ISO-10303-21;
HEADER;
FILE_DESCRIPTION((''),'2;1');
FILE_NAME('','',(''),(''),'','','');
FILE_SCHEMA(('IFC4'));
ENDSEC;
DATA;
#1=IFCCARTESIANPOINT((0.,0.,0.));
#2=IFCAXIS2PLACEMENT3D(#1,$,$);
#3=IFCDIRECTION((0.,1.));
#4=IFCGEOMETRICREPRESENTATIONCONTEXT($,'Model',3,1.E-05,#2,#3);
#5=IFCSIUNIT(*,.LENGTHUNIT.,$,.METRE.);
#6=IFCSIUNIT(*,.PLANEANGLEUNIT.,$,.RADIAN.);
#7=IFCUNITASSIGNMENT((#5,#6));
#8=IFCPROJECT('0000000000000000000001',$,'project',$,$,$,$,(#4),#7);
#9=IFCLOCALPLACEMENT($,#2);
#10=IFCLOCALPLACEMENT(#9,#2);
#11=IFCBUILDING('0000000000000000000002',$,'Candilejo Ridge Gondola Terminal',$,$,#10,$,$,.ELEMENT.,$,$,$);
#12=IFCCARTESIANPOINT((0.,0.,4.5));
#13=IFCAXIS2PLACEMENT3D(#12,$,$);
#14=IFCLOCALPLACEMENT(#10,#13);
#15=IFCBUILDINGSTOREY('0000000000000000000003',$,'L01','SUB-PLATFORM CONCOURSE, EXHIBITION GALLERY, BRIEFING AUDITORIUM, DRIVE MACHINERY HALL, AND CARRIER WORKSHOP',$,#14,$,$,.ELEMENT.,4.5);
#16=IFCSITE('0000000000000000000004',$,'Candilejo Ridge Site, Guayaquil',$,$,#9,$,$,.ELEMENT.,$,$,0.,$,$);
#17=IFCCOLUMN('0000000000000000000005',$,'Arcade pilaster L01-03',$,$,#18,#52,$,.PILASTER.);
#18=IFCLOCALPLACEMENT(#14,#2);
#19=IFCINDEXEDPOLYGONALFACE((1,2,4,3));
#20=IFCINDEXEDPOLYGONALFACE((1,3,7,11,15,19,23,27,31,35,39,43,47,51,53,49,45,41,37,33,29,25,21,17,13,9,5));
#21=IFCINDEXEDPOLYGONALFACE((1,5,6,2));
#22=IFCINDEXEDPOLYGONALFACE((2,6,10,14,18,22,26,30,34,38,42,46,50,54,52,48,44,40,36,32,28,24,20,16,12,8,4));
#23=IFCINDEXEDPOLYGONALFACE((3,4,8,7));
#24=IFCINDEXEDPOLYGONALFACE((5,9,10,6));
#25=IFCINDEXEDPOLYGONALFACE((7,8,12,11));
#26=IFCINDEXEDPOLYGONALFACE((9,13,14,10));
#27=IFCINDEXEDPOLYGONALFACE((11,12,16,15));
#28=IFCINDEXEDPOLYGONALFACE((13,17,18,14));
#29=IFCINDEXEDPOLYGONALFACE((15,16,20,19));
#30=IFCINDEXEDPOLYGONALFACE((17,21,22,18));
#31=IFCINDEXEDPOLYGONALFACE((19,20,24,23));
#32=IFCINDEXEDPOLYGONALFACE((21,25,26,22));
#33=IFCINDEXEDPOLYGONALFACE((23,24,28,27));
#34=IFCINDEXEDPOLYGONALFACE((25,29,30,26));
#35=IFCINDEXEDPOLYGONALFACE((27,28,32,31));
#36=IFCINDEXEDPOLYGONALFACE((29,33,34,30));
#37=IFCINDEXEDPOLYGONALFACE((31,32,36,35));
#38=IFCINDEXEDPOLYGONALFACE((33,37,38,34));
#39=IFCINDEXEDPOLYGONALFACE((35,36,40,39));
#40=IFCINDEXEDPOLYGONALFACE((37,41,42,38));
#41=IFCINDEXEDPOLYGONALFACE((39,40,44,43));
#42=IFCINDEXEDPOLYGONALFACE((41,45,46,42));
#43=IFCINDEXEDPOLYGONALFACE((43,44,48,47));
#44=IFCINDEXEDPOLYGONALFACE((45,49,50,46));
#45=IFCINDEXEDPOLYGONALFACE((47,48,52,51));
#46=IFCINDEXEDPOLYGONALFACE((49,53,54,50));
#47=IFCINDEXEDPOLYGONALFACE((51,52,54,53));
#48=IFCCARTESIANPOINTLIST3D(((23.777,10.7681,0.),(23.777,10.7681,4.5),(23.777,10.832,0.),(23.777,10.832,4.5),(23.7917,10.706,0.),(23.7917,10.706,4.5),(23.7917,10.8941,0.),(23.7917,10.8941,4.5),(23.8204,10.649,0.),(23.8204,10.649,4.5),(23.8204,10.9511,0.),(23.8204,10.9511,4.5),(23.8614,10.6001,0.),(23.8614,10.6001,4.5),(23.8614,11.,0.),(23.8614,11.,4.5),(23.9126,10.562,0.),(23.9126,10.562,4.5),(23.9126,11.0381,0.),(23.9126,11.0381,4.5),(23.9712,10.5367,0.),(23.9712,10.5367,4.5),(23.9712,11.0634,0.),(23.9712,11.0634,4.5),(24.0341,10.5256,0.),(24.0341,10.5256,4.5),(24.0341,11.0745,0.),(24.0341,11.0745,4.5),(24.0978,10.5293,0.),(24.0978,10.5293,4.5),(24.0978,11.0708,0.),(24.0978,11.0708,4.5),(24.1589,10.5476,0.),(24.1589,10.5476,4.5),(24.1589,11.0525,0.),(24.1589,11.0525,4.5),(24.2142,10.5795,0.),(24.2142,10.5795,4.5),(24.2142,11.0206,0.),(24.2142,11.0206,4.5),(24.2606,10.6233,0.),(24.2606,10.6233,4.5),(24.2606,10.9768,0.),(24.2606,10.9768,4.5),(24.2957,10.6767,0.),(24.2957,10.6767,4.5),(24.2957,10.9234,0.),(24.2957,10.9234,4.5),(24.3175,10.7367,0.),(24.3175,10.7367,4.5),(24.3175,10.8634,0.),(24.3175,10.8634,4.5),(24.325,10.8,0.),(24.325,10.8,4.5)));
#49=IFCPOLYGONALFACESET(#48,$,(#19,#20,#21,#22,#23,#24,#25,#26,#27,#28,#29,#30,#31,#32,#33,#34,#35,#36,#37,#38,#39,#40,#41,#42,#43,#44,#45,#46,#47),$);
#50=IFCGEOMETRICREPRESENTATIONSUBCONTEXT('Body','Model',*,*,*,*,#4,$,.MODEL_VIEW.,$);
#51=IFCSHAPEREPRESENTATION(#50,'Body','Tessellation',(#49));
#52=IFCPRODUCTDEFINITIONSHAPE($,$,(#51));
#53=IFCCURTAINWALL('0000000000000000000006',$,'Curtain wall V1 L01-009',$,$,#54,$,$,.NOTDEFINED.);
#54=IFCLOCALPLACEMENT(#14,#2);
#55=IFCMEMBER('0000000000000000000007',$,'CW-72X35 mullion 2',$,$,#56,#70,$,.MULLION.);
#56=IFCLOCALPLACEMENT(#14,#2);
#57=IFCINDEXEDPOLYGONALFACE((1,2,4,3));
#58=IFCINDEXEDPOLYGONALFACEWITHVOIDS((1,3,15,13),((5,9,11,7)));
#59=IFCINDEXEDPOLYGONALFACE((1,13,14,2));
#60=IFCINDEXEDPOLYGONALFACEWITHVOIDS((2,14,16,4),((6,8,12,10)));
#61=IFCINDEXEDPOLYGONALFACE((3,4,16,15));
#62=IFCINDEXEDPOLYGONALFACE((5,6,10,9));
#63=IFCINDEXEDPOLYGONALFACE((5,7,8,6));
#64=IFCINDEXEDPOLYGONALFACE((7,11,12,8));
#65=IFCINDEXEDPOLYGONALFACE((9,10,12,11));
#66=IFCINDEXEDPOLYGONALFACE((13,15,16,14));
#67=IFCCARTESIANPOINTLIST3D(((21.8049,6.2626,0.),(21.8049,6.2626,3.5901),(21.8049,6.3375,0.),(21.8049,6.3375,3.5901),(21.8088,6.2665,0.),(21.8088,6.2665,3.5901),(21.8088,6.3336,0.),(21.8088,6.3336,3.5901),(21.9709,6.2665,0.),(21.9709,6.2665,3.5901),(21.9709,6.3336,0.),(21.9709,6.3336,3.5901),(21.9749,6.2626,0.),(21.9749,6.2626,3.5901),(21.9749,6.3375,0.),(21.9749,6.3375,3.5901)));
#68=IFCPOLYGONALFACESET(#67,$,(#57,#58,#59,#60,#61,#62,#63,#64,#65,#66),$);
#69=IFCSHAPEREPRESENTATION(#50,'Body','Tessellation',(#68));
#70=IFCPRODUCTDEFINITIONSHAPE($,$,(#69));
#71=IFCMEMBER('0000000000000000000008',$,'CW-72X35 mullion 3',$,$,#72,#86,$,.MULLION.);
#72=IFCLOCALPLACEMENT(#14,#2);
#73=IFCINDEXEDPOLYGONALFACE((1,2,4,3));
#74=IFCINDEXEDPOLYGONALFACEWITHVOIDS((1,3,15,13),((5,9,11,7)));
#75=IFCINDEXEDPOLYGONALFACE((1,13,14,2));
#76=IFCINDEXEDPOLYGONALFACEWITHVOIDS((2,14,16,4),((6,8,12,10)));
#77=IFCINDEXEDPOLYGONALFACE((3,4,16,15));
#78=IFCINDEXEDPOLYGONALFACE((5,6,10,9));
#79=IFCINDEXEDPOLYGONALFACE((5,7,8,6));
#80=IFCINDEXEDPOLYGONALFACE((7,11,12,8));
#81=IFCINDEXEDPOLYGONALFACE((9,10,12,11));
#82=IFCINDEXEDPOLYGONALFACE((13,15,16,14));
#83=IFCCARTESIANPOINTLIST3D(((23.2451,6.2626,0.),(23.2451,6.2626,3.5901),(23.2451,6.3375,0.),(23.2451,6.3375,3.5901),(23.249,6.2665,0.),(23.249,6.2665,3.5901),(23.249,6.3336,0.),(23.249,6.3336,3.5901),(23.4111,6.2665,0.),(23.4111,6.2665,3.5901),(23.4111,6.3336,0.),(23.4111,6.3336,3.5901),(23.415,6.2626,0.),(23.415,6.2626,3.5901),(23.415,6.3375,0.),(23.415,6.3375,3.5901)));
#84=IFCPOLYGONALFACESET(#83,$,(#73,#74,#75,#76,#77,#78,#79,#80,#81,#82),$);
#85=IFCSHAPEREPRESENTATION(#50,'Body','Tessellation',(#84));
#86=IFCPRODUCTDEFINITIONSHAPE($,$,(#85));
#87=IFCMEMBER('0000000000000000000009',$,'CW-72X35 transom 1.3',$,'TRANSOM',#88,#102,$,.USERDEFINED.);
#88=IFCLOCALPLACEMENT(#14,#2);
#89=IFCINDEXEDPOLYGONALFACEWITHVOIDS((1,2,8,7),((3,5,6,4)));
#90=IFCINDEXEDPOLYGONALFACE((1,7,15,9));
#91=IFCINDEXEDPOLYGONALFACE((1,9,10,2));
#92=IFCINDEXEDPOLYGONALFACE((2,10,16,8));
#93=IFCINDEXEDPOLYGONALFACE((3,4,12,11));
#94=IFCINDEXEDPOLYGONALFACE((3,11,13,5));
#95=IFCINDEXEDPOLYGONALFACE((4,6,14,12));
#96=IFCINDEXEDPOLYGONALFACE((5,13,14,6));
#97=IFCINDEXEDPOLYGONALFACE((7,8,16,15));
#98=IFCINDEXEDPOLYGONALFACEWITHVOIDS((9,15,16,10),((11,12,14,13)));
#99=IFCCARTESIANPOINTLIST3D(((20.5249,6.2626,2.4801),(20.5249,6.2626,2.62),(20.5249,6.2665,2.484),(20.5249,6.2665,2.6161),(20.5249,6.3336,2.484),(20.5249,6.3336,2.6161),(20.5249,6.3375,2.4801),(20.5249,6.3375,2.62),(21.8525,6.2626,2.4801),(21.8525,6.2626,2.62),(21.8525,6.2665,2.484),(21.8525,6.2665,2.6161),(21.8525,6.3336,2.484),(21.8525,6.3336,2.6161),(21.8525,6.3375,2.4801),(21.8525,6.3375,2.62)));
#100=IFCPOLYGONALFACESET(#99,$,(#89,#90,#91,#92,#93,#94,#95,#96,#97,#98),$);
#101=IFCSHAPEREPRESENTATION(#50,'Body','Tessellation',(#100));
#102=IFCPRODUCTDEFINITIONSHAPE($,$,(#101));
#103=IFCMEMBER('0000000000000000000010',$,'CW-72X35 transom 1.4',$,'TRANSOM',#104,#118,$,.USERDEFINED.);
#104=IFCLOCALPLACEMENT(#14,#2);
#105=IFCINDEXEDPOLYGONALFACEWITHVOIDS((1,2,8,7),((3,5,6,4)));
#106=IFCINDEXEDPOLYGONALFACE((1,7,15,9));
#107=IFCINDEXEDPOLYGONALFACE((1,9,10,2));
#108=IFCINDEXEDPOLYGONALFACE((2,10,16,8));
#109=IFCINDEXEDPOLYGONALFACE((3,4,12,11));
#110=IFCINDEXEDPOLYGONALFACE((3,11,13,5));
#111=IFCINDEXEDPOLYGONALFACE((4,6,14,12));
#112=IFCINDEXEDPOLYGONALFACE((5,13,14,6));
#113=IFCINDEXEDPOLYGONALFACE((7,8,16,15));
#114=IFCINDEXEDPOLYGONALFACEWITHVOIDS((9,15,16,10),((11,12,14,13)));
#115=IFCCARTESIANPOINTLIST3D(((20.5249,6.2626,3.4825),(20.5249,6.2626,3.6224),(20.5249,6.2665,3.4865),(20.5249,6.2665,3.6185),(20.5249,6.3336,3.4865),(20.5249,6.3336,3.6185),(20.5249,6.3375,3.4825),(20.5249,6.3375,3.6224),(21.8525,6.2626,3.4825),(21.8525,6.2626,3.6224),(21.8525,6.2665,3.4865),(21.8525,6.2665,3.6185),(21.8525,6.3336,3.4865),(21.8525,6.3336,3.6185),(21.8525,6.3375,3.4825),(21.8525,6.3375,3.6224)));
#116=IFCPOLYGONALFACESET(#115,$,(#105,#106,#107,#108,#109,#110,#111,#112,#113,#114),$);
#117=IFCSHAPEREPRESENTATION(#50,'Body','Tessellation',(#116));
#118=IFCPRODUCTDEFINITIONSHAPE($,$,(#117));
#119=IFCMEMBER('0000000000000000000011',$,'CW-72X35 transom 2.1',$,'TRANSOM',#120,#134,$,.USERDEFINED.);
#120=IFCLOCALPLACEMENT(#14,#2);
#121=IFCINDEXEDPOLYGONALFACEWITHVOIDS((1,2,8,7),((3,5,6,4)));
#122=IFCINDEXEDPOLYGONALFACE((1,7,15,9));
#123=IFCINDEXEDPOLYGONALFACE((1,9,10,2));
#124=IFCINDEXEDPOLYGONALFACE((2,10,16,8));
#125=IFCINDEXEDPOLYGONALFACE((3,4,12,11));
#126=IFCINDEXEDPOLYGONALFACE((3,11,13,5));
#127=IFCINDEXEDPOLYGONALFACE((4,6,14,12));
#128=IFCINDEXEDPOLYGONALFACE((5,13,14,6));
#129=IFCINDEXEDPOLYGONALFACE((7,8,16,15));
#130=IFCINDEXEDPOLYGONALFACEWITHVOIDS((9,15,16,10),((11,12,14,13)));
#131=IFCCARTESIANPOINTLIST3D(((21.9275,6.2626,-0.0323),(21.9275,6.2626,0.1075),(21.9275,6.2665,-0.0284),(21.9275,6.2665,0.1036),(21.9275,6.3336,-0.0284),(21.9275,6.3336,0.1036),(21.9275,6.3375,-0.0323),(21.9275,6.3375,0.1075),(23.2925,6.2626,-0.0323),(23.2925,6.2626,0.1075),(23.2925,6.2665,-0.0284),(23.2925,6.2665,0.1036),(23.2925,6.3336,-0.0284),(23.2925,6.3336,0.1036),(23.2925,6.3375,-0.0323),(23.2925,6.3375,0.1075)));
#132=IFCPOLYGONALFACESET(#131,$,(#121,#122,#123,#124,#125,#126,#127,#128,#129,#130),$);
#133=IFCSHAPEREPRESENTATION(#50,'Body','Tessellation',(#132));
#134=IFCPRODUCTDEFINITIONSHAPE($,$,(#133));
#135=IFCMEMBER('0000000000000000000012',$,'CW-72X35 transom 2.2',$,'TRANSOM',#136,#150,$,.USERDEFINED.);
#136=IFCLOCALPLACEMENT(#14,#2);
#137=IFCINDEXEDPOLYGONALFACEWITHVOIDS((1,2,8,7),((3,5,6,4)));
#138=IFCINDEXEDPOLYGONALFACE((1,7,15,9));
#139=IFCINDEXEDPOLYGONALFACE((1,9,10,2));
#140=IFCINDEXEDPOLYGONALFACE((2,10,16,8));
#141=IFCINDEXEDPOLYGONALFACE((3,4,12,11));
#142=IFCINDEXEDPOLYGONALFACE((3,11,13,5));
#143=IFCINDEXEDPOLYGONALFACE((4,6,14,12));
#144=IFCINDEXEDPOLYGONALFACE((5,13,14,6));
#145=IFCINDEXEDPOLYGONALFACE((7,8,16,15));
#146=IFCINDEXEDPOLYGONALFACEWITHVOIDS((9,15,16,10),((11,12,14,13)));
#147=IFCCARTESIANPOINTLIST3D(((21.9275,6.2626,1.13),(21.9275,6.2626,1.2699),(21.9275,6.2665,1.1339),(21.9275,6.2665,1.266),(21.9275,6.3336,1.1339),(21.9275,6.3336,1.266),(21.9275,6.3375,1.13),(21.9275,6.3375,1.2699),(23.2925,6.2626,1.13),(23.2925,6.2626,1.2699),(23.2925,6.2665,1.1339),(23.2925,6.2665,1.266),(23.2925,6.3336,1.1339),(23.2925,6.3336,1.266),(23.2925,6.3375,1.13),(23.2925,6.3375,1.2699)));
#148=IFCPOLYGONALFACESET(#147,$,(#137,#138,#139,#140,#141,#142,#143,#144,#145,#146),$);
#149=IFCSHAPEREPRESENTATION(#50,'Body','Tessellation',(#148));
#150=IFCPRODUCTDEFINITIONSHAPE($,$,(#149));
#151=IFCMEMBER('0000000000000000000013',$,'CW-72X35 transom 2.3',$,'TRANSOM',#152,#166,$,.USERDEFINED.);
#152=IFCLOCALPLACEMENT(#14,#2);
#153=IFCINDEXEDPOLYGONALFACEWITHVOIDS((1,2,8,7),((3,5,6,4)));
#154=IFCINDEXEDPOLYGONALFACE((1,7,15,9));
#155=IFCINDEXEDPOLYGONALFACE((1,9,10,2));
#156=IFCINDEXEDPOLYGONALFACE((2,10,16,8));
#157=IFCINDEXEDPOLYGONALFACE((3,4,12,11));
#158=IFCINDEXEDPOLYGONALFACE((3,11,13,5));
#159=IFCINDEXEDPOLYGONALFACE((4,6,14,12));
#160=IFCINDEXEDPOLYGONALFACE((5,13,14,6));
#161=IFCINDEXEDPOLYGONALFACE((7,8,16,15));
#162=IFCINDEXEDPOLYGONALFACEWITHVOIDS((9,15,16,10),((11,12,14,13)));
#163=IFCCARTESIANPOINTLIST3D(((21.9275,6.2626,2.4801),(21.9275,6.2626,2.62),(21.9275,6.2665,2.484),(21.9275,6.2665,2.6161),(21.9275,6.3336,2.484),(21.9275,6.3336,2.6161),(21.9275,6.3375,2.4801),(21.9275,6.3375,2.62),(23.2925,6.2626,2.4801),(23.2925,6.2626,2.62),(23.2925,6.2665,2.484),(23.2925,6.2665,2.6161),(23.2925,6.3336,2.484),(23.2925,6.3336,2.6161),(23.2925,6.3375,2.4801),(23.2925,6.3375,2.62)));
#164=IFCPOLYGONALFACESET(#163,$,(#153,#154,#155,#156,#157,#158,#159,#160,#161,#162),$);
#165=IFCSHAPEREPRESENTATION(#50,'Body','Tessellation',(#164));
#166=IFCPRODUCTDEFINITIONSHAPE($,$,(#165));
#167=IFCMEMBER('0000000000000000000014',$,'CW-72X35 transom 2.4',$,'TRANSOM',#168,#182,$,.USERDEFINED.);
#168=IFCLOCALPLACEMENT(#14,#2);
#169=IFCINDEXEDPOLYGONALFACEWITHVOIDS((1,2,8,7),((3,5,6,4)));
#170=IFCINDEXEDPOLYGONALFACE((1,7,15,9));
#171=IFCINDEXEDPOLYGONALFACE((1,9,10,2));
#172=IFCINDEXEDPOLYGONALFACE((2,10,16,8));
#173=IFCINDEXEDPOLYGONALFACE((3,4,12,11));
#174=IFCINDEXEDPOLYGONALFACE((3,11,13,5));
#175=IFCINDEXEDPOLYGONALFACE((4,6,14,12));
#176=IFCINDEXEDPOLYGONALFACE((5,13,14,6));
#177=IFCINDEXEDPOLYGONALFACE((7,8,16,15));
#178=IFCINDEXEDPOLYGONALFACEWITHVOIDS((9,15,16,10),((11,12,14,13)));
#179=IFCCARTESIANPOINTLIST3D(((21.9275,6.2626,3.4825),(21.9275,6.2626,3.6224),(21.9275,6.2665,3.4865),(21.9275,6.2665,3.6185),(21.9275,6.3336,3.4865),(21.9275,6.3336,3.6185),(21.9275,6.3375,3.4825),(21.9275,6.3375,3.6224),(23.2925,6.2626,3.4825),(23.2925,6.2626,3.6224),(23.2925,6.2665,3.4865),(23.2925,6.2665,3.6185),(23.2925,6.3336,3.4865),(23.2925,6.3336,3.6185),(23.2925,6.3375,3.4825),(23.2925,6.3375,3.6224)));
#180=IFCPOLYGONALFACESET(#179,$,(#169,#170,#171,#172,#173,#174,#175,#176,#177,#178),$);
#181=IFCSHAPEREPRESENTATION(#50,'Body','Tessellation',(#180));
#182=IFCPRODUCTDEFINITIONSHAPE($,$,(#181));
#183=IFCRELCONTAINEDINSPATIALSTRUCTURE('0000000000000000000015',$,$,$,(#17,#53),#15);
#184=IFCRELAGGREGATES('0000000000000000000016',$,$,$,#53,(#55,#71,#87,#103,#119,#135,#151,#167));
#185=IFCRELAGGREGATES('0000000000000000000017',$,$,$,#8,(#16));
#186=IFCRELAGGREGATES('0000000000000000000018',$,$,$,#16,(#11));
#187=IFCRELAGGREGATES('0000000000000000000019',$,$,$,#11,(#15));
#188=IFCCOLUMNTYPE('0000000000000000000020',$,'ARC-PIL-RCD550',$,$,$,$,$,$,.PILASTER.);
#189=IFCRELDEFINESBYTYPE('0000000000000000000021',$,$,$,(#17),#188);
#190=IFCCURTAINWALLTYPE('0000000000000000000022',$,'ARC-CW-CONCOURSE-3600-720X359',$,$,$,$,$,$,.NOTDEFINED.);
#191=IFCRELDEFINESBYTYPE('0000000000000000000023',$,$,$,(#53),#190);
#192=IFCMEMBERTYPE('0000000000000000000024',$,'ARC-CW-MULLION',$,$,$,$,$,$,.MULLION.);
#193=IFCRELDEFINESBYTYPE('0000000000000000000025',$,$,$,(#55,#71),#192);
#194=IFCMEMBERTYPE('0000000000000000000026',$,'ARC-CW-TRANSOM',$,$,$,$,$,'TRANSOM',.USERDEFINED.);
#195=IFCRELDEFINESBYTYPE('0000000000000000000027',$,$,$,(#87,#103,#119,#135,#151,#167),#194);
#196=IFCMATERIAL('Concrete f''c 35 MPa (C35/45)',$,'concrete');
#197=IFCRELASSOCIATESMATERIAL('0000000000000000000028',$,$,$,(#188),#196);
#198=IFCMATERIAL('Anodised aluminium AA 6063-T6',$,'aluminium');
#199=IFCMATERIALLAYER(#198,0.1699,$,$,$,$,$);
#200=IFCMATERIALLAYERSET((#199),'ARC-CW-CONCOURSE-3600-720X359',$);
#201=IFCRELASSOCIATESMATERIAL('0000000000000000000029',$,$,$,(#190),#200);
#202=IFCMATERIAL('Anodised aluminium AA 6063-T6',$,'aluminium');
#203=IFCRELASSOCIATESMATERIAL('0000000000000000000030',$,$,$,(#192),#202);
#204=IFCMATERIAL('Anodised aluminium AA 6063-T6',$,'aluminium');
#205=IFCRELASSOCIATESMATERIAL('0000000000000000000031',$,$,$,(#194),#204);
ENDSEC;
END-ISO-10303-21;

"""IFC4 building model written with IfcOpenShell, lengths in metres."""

from ifc_helpers import new_model, si_unit, direction, frame, origin, origin_2d, place, context, subcontext, project, spatial, hollow_rectangle, circle, extrude, material, layer, layer_set, material_profile, profile_set, type_object, element, aggregate, save


model = new_model("IFC4")

# Units and contexts
model_context = context("Model", 3, precision=1e-05, world=origin(), true_north=direction((0.0, 1.0)))
body_context = subcontext(model_context, "Body", "Model", "MODEL_VIEW")
ifc_project = project(units=[si_unit("LENGTHUNIT", "METRE"), si_unit("PLANEANGLEUNIT", "RADIAN")], contexts=[model_context])

# Site, building, storey
site_placement = place(None, origin())
site = spatial("IfcSite", under=ifc_project, at=site_placement, Name="Candilejo Ridge Site, Guayaquil", CompositionType="ELEMENT", RefElevation=0.0)
building_placement = place(site_placement, origin())
building = spatial("IfcBuilding", under=site, at=building_placement, Name="Candilejo Ridge Gondola Terminal", CompositionType="ELEMENT")
storey_placement = place(building_placement, frame((0.0, 0.0, 4.5)))
storey = spatial("IfcBuildingStorey", under=building, at=storey_placement, Name="L01", Description="SUB-PLATFORM CONCOURSE, EXHIBITION GALLERY, BRIEFING AUDITORIUM, DRIVE MACHINERY HALL, AND CARRIER WORKSHOP", CompositionType="ELEMENT", Elevation=4.5)

# Column
ifc_material_1 = material(Name="Concrete f'c 35 MPa (C35/45)", Category="concrete")
ifc_material_profile_1 = material_profile(ifc_material_1, circle(Radius=0.2749, at=origin_2d()))
ifc_profile_set_1 = profile_set([ifc_material_profile_1], Name="Concrete f'c 35 MPa (C35/45)")
column_type = type_object("IfcColumnType", Name="ARC-PIL-RCD550", PredefinedType="PILASTER", material=ifc_profile_set_1)
column_placement = place(storey_placement, frame((24.05, 10.8, 0.0), z_axis=(0.0, 0.0, 1.0), x_axis=(1.0, 0.0, 0.0)))
element("IfcColumn", 1, at=column_placement, inside=storey, type_object=column_type, Name="Arcade pilaster L01-03", PredefinedType="PILASTER", context=body_context, shape_type="SweptSolid", body=[
    extrude(circle(Radius=0.2749, at=origin_2d()), origin(), (0.0, 0.0, 1.0), 4.5),
])

# Curtain wall, members
ifc_material_2 = material(Name="Anodised aluminium AA 6063-T6", Category="aluminium")
ifc_layer_1 = layer(ifc_material_2, 0.1699)
ifc_layer_set_1 = layer_set([ifc_layer_1], Name="ARC-CW-CONCOURSE-3600-720X359")
curtain_wall_type = type_object("IfcCurtainWallType", Name="ARC-CW-CONCOURSE-3600-720X359", PredefinedType="NOTDEFINED", material=ifc_layer_set_1)
curtain_wall_placement = place(storey_placement, origin())
curtain_wall = element("IfcCurtainWall", 2, at=curtain_wall_placement, inside=storey, type_object=curtain_wall_type, Name="Curtain wall V1 L01-009", PredefinedType="NOTDEFINED")
ifc_material_3 = material(Name="Anodised aluminium AA 6063-T6", Category="aluminium")
ifc_material_profile_2 = material_profile(ifc_material_3, hollow_rectangle(XDim=0.075, YDim=0.1699, WallThickness=0.0039, at=origin_2d()))
ifc_profile_set_2 = profile_set([ifc_material_profile_2], Name="Anodised aluminium AA 6063-T6")
member_type_1 = type_object("IfcMemberType", Name="ARC-CW-MULLION", PredefinedType="MULLION", material=ifc_profile_set_2)
member_1_placement = place(storey_placement, frame((21.8899, 6.3, 0.0), z_axis=(0.0, 0.0, 1.0), x_axis=(0.0, 1.0, 0.0)))
member_1 = element("IfcMember", 3, at=member_1_placement, type_object=member_type_1, Name="CW-72X35 mullion 2", PredefinedType="MULLION", context=body_context, shape_type="SweptSolid", body=[
    extrude(hollow_rectangle(XDim=0.075, YDim=0.1699, WallThickness=0.0039, at=origin_2d()), origin(), (0.0, 0.0, 1.0), 3.5901),
])
member_2_placement = place(storey_placement, frame((23.3301, 6.3, 0.0), z_axis=(0.0, 0.0, 1.0), x_axis=(0.0, 1.0, 0.0)))
member_2 = element("IfcMember", 4, at=member_2_placement, type_object=member_type_1, Name="CW-72X35 mullion 3", PredefinedType="MULLION", context=body_context, shape_type="SweptSolid", body=[
    extrude(hollow_rectangle(XDim=0.075, YDim=0.1699, WallThickness=0.0039, at=origin_2d()), origin(), (0.0, 0.0, 1.0), 3.5901),
])
ifc_material_4 = material(Name="Anodised aluminium AA 6063-T6", Category="aluminium")
ifc_material_profile_3 = material_profile(ifc_material_4, hollow_rectangle(XDim=0.075, YDim=0.1399, WallThickness=0.0039, at=origin_2d()))
ifc_profile_set_3 = profile_set([ifc_material_profile_3], Name="Anodised aluminium AA 6063-T6")
member_type_2 = type_object("IfcMemberType", Name="ARC-CW-TRANSOM", ElementType="TRANSOM", PredefinedType="USERDEFINED", material=ifc_profile_set_3)
member_3_placement = place(storey_placement, frame((20.5249, 6.3, 2.55), z_axis=(1.0, 0.0, 0.0), x_axis=(0.0, 1.0, 0.0)))
member_3 = element("IfcMember", 5, at=member_3_placement, type_object=member_type_2, Name="CW-72X35 transom 1.3", ObjectType="TRANSOM", PredefinedType="USERDEFINED", context=body_context, shape_type="SweptSolid", body=[
    extrude(hollow_rectangle(XDim=0.075, YDim=0.1399, WallThickness=0.0039, at=origin_2d()), origin(), (0.0, 0.0, 1.0), 1.3276),
])
member_4_placement = place(storey_placement, frame((20.5249, 6.3, 3.5525), z_axis=(1.0, 0.0, 0.0), x_axis=(0.0, 1.0, 0.0)))
member_4 = element("IfcMember", 6, at=member_4_placement, type_object=member_type_2, Name="CW-72X35 transom 1.4", ObjectType="TRANSOM", PredefinedType="USERDEFINED", context=body_context, shape_type="SweptSolid", body=[
    extrude(hollow_rectangle(XDim=0.075, YDim=0.1399, WallThickness=0.0039, at=origin_2d()), origin(), (0.0, 0.0, 1.0), 1.3276),
])
member_5_placement = place(storey_placement, frame((21.9275, 6.3, 0.0376), z_axis=(1.0, 0.0, 0.0), x_axis=(0.0, 1.0, 0.0)))
member_5 = element("IfcMember", 7, at=member_5_placement, type_object=member_type_2, Name="CW-72X35 transom 2.1", ObjectType="TRANSOM", PredefinedType="USERDEFINED", context=body_context, shape_type="SweptSolid", body=[
    extrude(hollow_rectangle(XDim=0.075, YDim=0.1399, WallThickness=0.0039, at=origin_2d()), origin(), (0.0, 0.0, 1.0), 1.365),
])
member_6_placement = place(storey_placement, frame((21.9275, 6.3, 1.2), z_axis=(1.0, 0.0, 0.0), x_axis=(0.0, 1.0, 0.0)))
member_6 = element("IfcMember", 8, at=member_6_placement, type_object=member_type_2, Name="CW-72X35 transom 2.2", ObjectType="TRANSOM", PredefinedType="USERDEFINED", context=body_context, shape_type="SweptSolid", body=[
    extrude(hollow_rectangle(XDim=0.075, YDim=0.1399, WallThickness=0.0039, at=origin_2d()), origin(), (0.0, 0.0, 1.0), 1.365),
])
member_7_placement = place(storey_placement, frame((21.9275, 6.3, 2.55), z_axis=(1.0, 0.0, 0.0), x_axis=(0.0, 1.0, 0.0)))
member_7 = element("IfcMember", 9, at=member_7_placement, type_object=member_type_2, Name="CW-72X35 transom 2.3", ObjectType="TRANSOM", PredefinedType="USERDEFINED", context=body_context, shape_type="SweptSolid", body=[
    extrude(hollow_rectangle(XDim=0.075, YDim=0.1399, WallThickness=0.0039, at=origin_2d()), origin(), (0.0, 0.0, 1.0), 1.365),
])
member_8_placement = place(storey_placement, frame((21.9275, 6.3, 3.5525), z_axis=(1.0, 0.0, 0.0), x_axis=(0.0, 1.0, 0.0)))
member_8 = element("IfcMember", 10, at=member_8_placement, type_object=member_type_2, Name="CW-72X35 transom 2.4", ObjectType="TRANSOM", PredefinedType="USERDEFINED", context=body_context, shape_type="SweptSolid", body=[
    extrude(hollow_rectangle(XDim=0.075, YDim=0.1399, WallThickness=0.0039, at=origin_2d()), origin(), (0.0, 0.0, 1.0), 1.365),
])
aggregate(curtain_wall, [member_1, member_2, member_3, member_4, member_5, member_6, member_7, member_8])

save(model, "model.ifc")
